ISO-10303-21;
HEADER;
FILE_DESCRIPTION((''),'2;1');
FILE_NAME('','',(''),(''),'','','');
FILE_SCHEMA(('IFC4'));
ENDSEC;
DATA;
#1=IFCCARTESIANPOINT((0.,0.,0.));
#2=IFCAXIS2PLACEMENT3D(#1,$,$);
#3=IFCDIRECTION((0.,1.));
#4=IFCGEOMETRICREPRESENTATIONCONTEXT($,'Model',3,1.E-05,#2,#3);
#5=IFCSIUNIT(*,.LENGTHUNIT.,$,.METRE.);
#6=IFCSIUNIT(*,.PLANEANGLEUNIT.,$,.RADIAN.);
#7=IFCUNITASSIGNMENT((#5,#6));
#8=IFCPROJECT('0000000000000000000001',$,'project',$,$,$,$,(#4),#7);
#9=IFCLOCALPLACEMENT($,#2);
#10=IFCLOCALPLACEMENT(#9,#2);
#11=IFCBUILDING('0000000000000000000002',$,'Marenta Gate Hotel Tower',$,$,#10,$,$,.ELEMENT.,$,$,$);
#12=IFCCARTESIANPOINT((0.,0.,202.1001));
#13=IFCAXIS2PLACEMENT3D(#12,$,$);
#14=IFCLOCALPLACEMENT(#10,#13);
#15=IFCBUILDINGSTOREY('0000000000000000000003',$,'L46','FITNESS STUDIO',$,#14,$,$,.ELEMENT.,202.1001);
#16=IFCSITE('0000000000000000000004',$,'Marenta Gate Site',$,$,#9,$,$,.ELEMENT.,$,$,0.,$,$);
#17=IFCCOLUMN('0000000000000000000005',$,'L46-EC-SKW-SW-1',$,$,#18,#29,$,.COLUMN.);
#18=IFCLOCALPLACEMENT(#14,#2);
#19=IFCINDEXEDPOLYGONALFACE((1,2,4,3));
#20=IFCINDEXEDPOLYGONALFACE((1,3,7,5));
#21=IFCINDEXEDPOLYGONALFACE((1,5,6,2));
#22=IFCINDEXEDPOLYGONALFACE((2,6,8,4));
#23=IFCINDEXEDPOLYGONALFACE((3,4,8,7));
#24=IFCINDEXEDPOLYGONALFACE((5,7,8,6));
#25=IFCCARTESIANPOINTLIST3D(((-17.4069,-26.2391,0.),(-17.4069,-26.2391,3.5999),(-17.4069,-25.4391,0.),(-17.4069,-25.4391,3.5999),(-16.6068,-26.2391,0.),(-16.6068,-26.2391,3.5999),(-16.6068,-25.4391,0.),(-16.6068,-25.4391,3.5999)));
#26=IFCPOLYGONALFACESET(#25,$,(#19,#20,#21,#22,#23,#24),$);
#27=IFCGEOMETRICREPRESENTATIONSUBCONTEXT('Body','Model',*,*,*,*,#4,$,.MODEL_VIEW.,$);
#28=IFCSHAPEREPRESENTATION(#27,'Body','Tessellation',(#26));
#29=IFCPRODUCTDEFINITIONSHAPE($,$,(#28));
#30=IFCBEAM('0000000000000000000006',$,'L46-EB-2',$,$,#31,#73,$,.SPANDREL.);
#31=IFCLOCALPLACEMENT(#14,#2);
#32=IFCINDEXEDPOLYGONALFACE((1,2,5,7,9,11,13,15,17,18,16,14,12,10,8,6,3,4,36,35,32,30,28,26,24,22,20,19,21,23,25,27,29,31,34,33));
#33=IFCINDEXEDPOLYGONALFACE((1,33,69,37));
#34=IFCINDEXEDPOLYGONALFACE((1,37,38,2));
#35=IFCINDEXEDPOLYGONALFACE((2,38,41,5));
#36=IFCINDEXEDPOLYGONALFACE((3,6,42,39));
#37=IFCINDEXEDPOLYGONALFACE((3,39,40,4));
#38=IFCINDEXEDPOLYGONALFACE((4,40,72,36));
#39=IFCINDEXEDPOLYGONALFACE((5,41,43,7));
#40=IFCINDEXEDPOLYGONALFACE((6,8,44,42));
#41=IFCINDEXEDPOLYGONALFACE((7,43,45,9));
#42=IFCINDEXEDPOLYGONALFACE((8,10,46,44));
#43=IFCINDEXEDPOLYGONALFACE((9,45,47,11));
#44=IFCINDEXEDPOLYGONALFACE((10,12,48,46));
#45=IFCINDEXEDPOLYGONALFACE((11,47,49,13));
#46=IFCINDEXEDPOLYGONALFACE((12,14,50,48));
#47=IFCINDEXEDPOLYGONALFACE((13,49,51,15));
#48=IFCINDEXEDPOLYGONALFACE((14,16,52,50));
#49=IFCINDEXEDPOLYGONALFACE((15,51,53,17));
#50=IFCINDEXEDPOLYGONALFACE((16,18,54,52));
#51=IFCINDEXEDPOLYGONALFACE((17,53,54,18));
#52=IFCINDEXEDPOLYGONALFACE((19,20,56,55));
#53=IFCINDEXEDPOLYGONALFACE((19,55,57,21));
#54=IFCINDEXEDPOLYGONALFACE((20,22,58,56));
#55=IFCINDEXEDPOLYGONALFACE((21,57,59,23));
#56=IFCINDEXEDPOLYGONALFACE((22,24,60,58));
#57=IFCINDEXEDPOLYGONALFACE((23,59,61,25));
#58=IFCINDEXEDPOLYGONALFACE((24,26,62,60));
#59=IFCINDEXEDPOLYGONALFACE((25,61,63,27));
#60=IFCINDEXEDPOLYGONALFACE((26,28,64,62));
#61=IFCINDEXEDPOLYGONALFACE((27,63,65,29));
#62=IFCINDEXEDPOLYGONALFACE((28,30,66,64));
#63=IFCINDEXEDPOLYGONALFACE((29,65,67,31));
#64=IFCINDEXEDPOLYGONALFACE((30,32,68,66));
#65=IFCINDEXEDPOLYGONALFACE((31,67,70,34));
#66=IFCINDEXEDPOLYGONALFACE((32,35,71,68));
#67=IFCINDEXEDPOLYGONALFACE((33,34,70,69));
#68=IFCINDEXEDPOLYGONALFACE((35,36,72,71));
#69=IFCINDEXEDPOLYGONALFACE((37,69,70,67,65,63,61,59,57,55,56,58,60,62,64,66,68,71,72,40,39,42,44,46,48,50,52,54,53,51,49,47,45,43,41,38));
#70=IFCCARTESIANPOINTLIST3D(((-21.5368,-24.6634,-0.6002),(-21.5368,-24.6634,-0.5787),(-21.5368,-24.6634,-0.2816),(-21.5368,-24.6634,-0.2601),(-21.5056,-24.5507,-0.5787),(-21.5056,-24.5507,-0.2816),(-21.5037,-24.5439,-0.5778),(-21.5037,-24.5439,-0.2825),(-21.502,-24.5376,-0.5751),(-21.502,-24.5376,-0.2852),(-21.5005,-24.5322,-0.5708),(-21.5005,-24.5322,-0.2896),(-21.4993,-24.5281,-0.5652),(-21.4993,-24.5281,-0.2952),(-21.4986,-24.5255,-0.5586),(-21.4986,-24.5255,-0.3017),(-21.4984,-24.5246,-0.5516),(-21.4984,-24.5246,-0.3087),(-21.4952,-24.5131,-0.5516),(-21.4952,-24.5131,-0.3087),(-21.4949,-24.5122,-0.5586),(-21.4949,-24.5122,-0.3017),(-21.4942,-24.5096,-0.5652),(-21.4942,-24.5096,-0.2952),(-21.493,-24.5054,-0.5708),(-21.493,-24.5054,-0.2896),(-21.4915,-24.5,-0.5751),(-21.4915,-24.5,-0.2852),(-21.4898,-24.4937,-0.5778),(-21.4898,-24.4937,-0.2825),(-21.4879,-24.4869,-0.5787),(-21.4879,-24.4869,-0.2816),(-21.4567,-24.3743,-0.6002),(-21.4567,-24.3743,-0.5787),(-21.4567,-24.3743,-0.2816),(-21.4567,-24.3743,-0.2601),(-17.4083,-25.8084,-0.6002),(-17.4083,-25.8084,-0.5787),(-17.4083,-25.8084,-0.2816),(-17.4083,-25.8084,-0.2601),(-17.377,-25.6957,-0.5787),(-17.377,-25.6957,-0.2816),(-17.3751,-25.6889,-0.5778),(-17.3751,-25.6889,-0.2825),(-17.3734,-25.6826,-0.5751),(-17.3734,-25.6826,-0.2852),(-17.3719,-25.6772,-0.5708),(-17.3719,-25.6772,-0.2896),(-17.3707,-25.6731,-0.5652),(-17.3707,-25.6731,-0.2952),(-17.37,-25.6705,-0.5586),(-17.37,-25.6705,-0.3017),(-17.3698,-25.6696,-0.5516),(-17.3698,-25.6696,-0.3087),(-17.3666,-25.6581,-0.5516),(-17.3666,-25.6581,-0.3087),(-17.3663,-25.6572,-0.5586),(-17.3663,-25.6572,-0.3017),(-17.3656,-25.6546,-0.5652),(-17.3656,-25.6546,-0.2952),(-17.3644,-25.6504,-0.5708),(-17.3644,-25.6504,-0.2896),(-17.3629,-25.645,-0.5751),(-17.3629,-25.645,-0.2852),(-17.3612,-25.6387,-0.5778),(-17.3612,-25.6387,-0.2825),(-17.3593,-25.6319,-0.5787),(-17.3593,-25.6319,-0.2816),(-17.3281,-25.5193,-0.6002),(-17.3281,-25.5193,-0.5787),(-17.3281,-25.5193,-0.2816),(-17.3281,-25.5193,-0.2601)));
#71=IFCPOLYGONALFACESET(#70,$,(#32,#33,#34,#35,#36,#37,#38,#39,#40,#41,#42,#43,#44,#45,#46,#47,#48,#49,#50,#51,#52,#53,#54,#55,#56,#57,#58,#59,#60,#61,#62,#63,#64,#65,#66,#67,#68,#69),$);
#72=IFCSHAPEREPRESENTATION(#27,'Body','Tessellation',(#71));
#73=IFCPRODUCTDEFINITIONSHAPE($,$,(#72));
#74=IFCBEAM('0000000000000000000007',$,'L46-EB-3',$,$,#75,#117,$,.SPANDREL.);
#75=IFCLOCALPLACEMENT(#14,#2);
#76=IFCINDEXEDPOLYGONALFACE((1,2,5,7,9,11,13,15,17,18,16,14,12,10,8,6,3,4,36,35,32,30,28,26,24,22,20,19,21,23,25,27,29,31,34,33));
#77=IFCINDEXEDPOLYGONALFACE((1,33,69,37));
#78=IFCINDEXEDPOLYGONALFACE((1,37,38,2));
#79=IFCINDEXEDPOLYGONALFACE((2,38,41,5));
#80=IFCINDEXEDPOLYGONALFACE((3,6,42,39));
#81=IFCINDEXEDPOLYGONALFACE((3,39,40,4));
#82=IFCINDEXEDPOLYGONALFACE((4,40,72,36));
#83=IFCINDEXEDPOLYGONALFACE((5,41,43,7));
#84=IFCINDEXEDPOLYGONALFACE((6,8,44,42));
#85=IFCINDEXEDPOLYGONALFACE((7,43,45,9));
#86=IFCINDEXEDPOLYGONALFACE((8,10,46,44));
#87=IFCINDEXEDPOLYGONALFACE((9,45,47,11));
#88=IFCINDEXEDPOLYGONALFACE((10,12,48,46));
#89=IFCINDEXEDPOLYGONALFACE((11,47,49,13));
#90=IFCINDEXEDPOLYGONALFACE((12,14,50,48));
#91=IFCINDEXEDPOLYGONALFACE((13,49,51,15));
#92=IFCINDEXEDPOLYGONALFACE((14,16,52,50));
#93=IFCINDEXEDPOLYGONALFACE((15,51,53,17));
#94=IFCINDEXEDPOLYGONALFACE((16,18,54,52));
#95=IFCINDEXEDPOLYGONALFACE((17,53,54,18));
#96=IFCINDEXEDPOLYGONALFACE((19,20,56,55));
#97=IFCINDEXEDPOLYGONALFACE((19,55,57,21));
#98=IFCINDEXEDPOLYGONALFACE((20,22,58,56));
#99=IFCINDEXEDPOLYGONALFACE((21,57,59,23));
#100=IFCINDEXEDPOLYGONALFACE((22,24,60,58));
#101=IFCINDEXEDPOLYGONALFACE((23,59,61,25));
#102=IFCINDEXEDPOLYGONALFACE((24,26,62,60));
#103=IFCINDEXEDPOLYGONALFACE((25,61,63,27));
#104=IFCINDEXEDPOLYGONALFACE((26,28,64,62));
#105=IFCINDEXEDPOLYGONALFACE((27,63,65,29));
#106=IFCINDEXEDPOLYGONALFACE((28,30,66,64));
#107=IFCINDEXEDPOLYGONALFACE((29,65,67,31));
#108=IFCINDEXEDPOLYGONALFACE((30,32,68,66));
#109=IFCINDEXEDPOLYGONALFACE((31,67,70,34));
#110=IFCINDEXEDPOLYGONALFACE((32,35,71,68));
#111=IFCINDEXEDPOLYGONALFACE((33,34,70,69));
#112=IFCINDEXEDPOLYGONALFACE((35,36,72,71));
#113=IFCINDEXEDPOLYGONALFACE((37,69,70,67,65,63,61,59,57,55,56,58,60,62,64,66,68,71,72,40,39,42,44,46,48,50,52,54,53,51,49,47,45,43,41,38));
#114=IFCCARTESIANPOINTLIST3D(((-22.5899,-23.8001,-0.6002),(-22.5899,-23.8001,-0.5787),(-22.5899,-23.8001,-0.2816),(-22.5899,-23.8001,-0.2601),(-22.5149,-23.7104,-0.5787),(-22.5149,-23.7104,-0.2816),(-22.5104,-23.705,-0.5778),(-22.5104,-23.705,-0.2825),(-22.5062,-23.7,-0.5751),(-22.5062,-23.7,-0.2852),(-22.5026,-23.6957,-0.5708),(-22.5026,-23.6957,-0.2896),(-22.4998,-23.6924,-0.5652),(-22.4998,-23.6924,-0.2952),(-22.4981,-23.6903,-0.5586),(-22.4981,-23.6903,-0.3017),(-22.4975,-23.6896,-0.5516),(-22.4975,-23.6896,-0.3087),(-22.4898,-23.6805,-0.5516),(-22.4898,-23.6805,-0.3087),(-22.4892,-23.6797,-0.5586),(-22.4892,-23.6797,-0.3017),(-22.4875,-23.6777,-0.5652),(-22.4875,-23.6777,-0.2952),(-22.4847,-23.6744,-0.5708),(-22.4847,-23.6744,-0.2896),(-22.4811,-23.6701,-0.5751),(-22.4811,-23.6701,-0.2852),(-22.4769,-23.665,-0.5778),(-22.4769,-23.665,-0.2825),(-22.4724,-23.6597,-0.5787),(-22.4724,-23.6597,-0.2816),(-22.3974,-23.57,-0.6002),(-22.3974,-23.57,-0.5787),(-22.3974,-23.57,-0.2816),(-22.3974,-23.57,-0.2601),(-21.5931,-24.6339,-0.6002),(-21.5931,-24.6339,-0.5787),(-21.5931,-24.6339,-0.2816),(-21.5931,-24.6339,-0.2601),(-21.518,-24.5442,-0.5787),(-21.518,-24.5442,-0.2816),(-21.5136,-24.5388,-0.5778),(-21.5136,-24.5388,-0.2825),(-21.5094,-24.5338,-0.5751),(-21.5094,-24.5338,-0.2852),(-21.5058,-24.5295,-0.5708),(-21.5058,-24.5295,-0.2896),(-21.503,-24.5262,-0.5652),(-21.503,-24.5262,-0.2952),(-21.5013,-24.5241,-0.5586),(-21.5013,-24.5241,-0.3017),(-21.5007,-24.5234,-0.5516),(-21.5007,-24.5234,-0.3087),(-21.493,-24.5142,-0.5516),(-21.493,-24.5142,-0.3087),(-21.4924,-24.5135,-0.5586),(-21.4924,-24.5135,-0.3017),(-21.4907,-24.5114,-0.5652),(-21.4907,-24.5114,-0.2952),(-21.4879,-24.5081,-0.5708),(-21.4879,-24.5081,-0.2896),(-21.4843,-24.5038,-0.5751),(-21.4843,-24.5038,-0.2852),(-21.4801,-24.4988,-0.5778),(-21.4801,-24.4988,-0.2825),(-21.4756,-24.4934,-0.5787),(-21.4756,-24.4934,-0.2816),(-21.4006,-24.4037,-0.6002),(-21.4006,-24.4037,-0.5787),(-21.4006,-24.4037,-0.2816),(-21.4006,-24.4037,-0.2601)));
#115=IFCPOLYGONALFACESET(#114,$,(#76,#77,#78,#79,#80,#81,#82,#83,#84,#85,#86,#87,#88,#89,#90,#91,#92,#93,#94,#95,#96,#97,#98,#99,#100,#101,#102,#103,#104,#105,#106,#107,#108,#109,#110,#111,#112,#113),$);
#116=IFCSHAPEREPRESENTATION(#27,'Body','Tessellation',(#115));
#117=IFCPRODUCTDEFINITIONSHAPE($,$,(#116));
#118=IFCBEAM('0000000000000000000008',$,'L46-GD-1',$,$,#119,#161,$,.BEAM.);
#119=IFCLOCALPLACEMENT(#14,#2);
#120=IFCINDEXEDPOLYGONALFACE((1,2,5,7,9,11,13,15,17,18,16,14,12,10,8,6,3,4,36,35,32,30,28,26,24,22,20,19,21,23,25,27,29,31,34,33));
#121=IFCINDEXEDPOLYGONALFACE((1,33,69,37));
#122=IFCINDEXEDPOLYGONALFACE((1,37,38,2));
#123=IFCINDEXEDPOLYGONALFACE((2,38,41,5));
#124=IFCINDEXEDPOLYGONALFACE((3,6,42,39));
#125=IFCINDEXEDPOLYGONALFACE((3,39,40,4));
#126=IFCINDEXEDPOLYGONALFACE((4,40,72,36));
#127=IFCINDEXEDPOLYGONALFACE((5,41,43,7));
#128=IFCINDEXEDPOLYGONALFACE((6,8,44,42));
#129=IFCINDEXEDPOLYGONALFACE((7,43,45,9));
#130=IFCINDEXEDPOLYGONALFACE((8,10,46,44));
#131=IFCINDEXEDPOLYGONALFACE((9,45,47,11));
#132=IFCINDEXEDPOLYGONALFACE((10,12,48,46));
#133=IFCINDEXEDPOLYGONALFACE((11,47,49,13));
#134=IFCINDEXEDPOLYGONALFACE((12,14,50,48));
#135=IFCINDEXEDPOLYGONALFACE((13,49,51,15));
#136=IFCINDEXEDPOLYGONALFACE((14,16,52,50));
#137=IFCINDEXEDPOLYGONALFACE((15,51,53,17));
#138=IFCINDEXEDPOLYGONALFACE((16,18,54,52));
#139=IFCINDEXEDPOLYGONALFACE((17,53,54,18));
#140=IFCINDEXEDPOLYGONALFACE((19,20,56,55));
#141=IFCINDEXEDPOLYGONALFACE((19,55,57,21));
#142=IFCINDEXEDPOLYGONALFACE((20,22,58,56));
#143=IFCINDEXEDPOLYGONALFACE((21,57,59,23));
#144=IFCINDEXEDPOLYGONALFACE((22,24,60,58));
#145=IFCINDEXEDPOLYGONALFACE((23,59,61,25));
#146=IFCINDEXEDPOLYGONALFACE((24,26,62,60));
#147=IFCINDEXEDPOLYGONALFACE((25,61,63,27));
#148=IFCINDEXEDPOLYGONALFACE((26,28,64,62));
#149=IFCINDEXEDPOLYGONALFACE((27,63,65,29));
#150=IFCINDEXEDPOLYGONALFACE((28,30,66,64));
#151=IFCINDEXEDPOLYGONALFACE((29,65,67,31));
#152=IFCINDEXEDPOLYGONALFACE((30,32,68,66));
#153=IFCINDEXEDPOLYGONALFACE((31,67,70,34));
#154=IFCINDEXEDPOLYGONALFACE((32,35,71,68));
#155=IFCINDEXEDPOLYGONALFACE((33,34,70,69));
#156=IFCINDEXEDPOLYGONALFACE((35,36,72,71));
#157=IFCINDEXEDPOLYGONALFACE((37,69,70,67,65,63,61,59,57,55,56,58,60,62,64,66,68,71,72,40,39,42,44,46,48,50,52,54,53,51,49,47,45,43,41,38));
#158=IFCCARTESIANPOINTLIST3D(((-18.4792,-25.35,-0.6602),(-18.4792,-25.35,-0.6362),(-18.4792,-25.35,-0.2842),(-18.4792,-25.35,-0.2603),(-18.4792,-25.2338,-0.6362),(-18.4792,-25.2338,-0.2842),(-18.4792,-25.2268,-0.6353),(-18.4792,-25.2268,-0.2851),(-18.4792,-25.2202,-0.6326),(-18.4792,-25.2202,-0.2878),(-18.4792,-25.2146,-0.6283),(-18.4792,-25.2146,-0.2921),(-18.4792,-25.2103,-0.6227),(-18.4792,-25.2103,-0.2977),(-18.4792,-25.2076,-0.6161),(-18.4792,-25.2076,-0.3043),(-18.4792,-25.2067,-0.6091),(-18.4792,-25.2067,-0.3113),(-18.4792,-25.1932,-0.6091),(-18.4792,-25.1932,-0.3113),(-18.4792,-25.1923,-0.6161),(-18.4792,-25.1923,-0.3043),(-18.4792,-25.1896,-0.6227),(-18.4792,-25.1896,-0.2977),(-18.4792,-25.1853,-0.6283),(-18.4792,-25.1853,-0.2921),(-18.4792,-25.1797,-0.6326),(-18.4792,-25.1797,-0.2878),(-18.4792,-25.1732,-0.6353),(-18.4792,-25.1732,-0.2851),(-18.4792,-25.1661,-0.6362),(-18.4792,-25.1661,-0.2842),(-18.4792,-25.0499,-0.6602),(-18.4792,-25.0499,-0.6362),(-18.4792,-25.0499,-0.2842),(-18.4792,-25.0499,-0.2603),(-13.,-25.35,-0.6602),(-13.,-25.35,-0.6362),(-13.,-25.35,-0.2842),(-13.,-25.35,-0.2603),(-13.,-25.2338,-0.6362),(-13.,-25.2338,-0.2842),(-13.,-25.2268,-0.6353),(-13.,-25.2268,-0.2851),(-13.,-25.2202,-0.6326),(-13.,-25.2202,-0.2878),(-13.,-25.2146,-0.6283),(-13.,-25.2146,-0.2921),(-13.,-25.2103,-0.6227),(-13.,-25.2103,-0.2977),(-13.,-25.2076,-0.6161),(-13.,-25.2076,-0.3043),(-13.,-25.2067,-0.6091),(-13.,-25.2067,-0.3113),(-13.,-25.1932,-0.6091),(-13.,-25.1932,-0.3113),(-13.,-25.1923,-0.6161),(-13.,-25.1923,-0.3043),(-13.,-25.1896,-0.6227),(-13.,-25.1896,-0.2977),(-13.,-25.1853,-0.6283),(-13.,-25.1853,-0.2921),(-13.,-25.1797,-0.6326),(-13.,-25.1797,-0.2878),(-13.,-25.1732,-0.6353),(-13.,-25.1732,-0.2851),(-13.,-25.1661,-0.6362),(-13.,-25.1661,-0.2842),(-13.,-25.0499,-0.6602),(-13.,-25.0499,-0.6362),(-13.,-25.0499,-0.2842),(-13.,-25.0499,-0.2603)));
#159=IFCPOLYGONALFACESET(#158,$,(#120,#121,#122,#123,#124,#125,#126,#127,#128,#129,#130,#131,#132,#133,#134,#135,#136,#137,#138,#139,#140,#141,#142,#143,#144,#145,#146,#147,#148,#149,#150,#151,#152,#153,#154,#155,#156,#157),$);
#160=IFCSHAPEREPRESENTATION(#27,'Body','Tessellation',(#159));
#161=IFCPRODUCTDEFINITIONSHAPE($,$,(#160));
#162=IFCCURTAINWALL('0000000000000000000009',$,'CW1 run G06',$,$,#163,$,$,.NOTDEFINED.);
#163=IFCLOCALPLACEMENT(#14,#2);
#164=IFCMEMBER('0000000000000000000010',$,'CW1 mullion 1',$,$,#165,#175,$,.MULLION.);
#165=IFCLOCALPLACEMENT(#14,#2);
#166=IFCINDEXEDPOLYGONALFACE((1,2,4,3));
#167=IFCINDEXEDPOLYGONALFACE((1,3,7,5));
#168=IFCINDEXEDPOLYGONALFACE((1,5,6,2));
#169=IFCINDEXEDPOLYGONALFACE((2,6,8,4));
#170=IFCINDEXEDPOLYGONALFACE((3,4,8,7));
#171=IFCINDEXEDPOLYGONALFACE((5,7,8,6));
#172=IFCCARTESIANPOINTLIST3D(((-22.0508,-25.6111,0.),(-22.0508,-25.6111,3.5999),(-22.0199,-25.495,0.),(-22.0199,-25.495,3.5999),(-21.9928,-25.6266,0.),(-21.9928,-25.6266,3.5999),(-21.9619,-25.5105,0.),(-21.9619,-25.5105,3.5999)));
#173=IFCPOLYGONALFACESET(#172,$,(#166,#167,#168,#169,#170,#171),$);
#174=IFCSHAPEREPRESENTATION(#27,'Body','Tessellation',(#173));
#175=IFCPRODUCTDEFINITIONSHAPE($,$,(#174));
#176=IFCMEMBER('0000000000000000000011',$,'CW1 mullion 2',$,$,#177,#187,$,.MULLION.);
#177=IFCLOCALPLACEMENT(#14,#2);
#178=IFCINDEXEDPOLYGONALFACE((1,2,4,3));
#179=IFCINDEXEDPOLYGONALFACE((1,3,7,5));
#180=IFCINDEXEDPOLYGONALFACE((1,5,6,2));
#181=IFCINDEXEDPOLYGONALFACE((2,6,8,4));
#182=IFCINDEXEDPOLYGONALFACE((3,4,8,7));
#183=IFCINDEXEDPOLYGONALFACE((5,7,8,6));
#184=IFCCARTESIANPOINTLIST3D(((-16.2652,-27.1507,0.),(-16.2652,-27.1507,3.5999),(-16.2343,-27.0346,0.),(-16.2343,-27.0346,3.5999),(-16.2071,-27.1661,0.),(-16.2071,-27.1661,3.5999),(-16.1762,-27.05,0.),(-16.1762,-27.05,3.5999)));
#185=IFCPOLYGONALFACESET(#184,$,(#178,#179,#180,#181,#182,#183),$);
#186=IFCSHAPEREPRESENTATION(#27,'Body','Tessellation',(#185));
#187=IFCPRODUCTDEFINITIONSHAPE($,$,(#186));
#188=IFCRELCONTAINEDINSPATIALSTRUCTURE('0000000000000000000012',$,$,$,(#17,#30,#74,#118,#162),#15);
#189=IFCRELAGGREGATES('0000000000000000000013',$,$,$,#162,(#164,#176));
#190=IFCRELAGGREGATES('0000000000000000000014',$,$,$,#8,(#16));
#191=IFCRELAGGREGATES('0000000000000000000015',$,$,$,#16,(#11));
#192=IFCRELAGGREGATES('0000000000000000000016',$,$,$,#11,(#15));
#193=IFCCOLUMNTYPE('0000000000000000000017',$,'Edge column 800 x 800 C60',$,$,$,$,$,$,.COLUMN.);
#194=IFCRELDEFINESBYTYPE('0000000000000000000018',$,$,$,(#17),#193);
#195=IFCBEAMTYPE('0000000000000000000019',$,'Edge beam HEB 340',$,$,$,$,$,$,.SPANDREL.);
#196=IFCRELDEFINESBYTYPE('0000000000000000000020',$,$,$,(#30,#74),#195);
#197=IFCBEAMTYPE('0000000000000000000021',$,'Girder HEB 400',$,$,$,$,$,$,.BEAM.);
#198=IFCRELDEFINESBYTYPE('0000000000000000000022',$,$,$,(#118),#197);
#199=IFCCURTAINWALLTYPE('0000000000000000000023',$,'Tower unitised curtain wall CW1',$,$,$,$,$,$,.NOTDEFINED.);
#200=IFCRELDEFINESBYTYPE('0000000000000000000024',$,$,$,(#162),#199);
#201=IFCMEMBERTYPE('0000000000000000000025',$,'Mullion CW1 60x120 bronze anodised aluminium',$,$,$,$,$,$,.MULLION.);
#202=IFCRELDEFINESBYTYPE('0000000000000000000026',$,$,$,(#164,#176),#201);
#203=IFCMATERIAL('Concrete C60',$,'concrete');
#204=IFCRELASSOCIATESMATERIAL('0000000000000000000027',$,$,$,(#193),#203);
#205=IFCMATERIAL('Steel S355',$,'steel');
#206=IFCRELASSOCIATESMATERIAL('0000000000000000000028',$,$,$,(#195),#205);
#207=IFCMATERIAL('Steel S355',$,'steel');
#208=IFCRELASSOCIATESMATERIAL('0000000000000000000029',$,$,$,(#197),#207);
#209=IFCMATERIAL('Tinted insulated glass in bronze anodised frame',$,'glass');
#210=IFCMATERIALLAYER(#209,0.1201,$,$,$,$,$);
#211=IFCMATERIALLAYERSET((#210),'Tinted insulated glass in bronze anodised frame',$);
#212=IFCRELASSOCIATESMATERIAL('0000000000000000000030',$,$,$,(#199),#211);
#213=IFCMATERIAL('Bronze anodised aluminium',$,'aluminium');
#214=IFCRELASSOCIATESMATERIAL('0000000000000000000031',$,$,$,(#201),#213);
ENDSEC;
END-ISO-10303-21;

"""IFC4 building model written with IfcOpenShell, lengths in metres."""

from ifc_helpers import new_model, si_unit, direction, frame, origin, origin_2d, place, context, subcontext, project, spatial, rectangle, i_section, extrude, material, layer, layer_set, material_profile, profile_set, type_object, element, aggregate, save


model = new_model("IFC4")

# Units and contexts
model_context = context("Model", 3, precision=1e-05, world=origin(), true_north=direction((0.0, 1.0)))
body_context = subcontext(model_context, "Body", "Model", "MODEL_VIEW")
ifc_project = project(units=[si_unit("LENGTHUNIT", "METRE"), si_unit("PLANEANGLEUNIT", "RADIAN")], contexts=[model_context])

# Site, building, storey
site_placement = place(None, origin())
site = spatial("IfcSite", under=ifc_project, at=site_placement, Name="Marenta Gate Site", CompositionType="ELEMENT", RefElevation=0.0)
building_placement = place(site_placement, origin())
building = spatial("IfcBuilding", under=site, at=building_placement, Name="Marenta Gate Hotel Tower", CompositionType="ELEMENT")
storey_placement = place(building_placement, frame((0.0, 0.0, 202.1001)))
storey = spatial("IfcBuildingStorey", under=building, at=storey_placement, Name="L46", Description="FITNESS STUDIO", CompositionType="ELEMENT", Elevation=202.1001)

# Column
ifc_material_1 = material(Name="Concrete C60", Category="concrete")
ifc_material_profile_1 = material_profile(ifc_material_1, rectangle(XDim=0.8, YDim=0.8, at=origin_2d()), Name="800 x 800")
ifc_profile_set_1 = profile_set([ifc_material_profile_1], Name="Concrete C60")
column_type = type_object("IfcColumnType", Name="Edge column 800 x 800 C60", PredefinedType="COLUMN", material=ifc_profile_set_1)
column_placement = place(storey_placement, frame((-17.0068, -25.8391, 0.0), z_axis=(0.0, 0.0, 1.0), x_axis=(1.0, 0.0, 0.0)))
element("IfcColumn", 1, at=column_placement, inside=storey, type_object=column_type, Name="L46-EC-SKW-SW-1", PredefinedType="COLUMN", context=body_context, shape_type="SweptSolid", body=[
    extrude(rectangle(XDim=0.8, YDim=0.8, at=origin_2d()), origin(), (0.0, 0.0, 1.0), 3.5999),
])

# Beams
ifc_material_2 = material(Name="Steel S355", Category="steel")
ifc_material_profile_2 = material_profile(ifc_material_2, i_section(OverallWidth=0.3, OverallDepth=0.3401, WebThickness=0.012, FlangeThickness=0.0215, FilletRadius=0.0271, at=origin_2d()), Name="HEB 340")
ifc_profile_set_2 = profile_set([ifc_material_profile_2], Name="Steel S355")
beam_type_1 = type_object("IfcBeamType", Name="Edge beam HEB 340", PredefinedType="SPANDREL", material=ifc_profile_set_2)
beam_1_placement = place(storey_placement, frame((-17.3682, -25.6638, -0.4302), z_axis=(-0.963628, 0.267247, 0.0), x_axis=(-0.267247, -0.963628, 0.0)))
element("IfcBeam", 2, at=beam_1_placement, inside=storey, type_object=beam_type_1, Name="L46-EB-2", PredefinedType="SPANDREL", context=body_context, shape_type="SweptSolid", body=[
    extrude(i_section(OverallWidth=0.3, OverallDepth=0.3401, WebThickness=0.012, FlangeThickness=0.0215, FilletRadius=0.0271, at=origin_2d()), origin(), (0.0, 0.0, 1.0), 4.2844),
])
beam_2_placement = place(storey_placement, frame((-21.4968, -24.5188, -0.4302), z_axis=(-0.767065, 0.641569, 0.0), x_axis=(-0.641569, -0.767065, 0.0)))
element("IfcBeam", 3, at=beam_2_placement, inside=storey, type_object=beam_type_1, Name="L46-EB-3", PredefinedType="SPANDREL", context=body_context, shape_type="SweptSolid", body=[
    extrude(i_section(OverallWidth=0.3, OverallDepth=0.3401, WebThickness=0.012, FlangeThickness=0.0215, FilletRadius=0.0271, at=origin_2d()), origin(), (0.0, 0.0, 1.0), 1.2996),
])
ifc_material_3 = material(Name="Steel S355", Category="steel")
ifc_material_profile_3 = material_profile(ifc_material_3, i_section(OverallWidth=0.3, OverallDepth=0.3999, WebThickness=0.0134, FlangeThickness=0.0239, FilletRadius=0.0271, at=origin_2d()), Name="HEB 400")
ifc_profile_set_3 = profile_set([ifc_material_profile_3], Name="Steel S355")
beam_type_2 = type_object("IfcBeamType", Name="Girder HEB 400", PredefinedType="BEAM", material=ifc_profile_set_3)
beam_3_placement = place(storey_placement, frame((-18.4792, -25.2, -0.4602), z_axis=(1.0, 0.0, 0.0), x_axis=(0.0, 1.0, 0.0)))
element("IfcBeam", 4, at=beam_3_placement, inside=storey, type_object=beam_type_2, Name="L46-GD-1", PredefinedType="BEAM", context=body_context, shape_type="SweptSolid", body=[
    extrude(i_section(OverallWidth=0.3, OverallDepth=0.3999, WebThickness=0.0134, FlangeThickness=0.0239, FilletRadius=0.0271, at=origin_2d()), origin(), (0.0, 0.0, 1.0), 5.4792),
])

# Curtain wall, members
ifc_material_4 = material(Name="Tinted insulated glass in bronze anodised frame", Category="glass")
ifc_layer_1 = layer(ifc_material_4, 0.1201)
ifc_layer_set_1 = layer_set([ifc_layer_1], Name="Tinted insulated glass in bronze anodised frame")
curtain_wall_type = type_object("IfcCurtainWallType", Name="Tower unitised curtain wall CW1", PredefinedType="NOTDEFINED", material=ifc_layer_set_1)
curtain_wall_placement = place(storey_placement, origin())
curtain_wall = element("IfcCurtainWall", 5, at=curtain_wall_placement, inside=storey, type_object=curtain_wall_type, Name="CW1 run G06", PredefinedType="NOTDEFINED")
ifc_material_5 = material(Name="Bronze anodised aluminium", Category="aluminium")
ifc_material_profile_4 = material_profile(ifc_material_5, rectangle(XDim=0.1201, YDim=0.0601, at=origin_2d()), Name="Mullion CW1 60x120 bronze anodised aluminium")
ifc_profile_set_4 = profile_set([ifc_material_profile_4], Name="Bronze anodised aluminium")
member_type_1 = type_object("IfcMemberType", Name="Mullion CW1 60x120 bronze anodised aluminium", PredefinedType="MULLION", material=ifc_profile_set_4)
member_1_placement = place(storey_placement, frame((-22.0063, -25.5608, 0.0), z_axis=(0.0, 0.0, 1.0), x_axis=(0.257139, 0.966374, 0.0)))
member_1 = element("IfcMember", 6, at=member_1_placement, type_object=member_type_1, Name="CW1 mullion 1", PredefinedType="MULLION", context=body_context, shape_type="SweptSolid", body=[
    extrude(rectangle(XDim=0.1201, YDim=0.0601, at=origin_2d()), origin(), (0.0, 0.0, 1.0), 3.5999),
])
member_2_placement = place(storey_placement, frame((-16.2207, -27.1003, 0.0), z_axis=(0.0, 0.0, 1.0), x_axis=(0.257139, 0.966374, 0.0)))
member_2 = element("IfcMember", 7, at=member_2_placement, type_object=member_type_1, Name="CW1 mullion 2", PredefinedType="MULLION", context=body_context, shape_type="SweptSolid", body=[
    extrude(rectangle(XDim=0.1201, YDim=0.0601, at=origin_2d()), origin(), (0.0, 0.0, 1.0), 3.5999),
])
aggregate(curtain_wall, [member_1, member_2])

save(model, "model.ifc")
